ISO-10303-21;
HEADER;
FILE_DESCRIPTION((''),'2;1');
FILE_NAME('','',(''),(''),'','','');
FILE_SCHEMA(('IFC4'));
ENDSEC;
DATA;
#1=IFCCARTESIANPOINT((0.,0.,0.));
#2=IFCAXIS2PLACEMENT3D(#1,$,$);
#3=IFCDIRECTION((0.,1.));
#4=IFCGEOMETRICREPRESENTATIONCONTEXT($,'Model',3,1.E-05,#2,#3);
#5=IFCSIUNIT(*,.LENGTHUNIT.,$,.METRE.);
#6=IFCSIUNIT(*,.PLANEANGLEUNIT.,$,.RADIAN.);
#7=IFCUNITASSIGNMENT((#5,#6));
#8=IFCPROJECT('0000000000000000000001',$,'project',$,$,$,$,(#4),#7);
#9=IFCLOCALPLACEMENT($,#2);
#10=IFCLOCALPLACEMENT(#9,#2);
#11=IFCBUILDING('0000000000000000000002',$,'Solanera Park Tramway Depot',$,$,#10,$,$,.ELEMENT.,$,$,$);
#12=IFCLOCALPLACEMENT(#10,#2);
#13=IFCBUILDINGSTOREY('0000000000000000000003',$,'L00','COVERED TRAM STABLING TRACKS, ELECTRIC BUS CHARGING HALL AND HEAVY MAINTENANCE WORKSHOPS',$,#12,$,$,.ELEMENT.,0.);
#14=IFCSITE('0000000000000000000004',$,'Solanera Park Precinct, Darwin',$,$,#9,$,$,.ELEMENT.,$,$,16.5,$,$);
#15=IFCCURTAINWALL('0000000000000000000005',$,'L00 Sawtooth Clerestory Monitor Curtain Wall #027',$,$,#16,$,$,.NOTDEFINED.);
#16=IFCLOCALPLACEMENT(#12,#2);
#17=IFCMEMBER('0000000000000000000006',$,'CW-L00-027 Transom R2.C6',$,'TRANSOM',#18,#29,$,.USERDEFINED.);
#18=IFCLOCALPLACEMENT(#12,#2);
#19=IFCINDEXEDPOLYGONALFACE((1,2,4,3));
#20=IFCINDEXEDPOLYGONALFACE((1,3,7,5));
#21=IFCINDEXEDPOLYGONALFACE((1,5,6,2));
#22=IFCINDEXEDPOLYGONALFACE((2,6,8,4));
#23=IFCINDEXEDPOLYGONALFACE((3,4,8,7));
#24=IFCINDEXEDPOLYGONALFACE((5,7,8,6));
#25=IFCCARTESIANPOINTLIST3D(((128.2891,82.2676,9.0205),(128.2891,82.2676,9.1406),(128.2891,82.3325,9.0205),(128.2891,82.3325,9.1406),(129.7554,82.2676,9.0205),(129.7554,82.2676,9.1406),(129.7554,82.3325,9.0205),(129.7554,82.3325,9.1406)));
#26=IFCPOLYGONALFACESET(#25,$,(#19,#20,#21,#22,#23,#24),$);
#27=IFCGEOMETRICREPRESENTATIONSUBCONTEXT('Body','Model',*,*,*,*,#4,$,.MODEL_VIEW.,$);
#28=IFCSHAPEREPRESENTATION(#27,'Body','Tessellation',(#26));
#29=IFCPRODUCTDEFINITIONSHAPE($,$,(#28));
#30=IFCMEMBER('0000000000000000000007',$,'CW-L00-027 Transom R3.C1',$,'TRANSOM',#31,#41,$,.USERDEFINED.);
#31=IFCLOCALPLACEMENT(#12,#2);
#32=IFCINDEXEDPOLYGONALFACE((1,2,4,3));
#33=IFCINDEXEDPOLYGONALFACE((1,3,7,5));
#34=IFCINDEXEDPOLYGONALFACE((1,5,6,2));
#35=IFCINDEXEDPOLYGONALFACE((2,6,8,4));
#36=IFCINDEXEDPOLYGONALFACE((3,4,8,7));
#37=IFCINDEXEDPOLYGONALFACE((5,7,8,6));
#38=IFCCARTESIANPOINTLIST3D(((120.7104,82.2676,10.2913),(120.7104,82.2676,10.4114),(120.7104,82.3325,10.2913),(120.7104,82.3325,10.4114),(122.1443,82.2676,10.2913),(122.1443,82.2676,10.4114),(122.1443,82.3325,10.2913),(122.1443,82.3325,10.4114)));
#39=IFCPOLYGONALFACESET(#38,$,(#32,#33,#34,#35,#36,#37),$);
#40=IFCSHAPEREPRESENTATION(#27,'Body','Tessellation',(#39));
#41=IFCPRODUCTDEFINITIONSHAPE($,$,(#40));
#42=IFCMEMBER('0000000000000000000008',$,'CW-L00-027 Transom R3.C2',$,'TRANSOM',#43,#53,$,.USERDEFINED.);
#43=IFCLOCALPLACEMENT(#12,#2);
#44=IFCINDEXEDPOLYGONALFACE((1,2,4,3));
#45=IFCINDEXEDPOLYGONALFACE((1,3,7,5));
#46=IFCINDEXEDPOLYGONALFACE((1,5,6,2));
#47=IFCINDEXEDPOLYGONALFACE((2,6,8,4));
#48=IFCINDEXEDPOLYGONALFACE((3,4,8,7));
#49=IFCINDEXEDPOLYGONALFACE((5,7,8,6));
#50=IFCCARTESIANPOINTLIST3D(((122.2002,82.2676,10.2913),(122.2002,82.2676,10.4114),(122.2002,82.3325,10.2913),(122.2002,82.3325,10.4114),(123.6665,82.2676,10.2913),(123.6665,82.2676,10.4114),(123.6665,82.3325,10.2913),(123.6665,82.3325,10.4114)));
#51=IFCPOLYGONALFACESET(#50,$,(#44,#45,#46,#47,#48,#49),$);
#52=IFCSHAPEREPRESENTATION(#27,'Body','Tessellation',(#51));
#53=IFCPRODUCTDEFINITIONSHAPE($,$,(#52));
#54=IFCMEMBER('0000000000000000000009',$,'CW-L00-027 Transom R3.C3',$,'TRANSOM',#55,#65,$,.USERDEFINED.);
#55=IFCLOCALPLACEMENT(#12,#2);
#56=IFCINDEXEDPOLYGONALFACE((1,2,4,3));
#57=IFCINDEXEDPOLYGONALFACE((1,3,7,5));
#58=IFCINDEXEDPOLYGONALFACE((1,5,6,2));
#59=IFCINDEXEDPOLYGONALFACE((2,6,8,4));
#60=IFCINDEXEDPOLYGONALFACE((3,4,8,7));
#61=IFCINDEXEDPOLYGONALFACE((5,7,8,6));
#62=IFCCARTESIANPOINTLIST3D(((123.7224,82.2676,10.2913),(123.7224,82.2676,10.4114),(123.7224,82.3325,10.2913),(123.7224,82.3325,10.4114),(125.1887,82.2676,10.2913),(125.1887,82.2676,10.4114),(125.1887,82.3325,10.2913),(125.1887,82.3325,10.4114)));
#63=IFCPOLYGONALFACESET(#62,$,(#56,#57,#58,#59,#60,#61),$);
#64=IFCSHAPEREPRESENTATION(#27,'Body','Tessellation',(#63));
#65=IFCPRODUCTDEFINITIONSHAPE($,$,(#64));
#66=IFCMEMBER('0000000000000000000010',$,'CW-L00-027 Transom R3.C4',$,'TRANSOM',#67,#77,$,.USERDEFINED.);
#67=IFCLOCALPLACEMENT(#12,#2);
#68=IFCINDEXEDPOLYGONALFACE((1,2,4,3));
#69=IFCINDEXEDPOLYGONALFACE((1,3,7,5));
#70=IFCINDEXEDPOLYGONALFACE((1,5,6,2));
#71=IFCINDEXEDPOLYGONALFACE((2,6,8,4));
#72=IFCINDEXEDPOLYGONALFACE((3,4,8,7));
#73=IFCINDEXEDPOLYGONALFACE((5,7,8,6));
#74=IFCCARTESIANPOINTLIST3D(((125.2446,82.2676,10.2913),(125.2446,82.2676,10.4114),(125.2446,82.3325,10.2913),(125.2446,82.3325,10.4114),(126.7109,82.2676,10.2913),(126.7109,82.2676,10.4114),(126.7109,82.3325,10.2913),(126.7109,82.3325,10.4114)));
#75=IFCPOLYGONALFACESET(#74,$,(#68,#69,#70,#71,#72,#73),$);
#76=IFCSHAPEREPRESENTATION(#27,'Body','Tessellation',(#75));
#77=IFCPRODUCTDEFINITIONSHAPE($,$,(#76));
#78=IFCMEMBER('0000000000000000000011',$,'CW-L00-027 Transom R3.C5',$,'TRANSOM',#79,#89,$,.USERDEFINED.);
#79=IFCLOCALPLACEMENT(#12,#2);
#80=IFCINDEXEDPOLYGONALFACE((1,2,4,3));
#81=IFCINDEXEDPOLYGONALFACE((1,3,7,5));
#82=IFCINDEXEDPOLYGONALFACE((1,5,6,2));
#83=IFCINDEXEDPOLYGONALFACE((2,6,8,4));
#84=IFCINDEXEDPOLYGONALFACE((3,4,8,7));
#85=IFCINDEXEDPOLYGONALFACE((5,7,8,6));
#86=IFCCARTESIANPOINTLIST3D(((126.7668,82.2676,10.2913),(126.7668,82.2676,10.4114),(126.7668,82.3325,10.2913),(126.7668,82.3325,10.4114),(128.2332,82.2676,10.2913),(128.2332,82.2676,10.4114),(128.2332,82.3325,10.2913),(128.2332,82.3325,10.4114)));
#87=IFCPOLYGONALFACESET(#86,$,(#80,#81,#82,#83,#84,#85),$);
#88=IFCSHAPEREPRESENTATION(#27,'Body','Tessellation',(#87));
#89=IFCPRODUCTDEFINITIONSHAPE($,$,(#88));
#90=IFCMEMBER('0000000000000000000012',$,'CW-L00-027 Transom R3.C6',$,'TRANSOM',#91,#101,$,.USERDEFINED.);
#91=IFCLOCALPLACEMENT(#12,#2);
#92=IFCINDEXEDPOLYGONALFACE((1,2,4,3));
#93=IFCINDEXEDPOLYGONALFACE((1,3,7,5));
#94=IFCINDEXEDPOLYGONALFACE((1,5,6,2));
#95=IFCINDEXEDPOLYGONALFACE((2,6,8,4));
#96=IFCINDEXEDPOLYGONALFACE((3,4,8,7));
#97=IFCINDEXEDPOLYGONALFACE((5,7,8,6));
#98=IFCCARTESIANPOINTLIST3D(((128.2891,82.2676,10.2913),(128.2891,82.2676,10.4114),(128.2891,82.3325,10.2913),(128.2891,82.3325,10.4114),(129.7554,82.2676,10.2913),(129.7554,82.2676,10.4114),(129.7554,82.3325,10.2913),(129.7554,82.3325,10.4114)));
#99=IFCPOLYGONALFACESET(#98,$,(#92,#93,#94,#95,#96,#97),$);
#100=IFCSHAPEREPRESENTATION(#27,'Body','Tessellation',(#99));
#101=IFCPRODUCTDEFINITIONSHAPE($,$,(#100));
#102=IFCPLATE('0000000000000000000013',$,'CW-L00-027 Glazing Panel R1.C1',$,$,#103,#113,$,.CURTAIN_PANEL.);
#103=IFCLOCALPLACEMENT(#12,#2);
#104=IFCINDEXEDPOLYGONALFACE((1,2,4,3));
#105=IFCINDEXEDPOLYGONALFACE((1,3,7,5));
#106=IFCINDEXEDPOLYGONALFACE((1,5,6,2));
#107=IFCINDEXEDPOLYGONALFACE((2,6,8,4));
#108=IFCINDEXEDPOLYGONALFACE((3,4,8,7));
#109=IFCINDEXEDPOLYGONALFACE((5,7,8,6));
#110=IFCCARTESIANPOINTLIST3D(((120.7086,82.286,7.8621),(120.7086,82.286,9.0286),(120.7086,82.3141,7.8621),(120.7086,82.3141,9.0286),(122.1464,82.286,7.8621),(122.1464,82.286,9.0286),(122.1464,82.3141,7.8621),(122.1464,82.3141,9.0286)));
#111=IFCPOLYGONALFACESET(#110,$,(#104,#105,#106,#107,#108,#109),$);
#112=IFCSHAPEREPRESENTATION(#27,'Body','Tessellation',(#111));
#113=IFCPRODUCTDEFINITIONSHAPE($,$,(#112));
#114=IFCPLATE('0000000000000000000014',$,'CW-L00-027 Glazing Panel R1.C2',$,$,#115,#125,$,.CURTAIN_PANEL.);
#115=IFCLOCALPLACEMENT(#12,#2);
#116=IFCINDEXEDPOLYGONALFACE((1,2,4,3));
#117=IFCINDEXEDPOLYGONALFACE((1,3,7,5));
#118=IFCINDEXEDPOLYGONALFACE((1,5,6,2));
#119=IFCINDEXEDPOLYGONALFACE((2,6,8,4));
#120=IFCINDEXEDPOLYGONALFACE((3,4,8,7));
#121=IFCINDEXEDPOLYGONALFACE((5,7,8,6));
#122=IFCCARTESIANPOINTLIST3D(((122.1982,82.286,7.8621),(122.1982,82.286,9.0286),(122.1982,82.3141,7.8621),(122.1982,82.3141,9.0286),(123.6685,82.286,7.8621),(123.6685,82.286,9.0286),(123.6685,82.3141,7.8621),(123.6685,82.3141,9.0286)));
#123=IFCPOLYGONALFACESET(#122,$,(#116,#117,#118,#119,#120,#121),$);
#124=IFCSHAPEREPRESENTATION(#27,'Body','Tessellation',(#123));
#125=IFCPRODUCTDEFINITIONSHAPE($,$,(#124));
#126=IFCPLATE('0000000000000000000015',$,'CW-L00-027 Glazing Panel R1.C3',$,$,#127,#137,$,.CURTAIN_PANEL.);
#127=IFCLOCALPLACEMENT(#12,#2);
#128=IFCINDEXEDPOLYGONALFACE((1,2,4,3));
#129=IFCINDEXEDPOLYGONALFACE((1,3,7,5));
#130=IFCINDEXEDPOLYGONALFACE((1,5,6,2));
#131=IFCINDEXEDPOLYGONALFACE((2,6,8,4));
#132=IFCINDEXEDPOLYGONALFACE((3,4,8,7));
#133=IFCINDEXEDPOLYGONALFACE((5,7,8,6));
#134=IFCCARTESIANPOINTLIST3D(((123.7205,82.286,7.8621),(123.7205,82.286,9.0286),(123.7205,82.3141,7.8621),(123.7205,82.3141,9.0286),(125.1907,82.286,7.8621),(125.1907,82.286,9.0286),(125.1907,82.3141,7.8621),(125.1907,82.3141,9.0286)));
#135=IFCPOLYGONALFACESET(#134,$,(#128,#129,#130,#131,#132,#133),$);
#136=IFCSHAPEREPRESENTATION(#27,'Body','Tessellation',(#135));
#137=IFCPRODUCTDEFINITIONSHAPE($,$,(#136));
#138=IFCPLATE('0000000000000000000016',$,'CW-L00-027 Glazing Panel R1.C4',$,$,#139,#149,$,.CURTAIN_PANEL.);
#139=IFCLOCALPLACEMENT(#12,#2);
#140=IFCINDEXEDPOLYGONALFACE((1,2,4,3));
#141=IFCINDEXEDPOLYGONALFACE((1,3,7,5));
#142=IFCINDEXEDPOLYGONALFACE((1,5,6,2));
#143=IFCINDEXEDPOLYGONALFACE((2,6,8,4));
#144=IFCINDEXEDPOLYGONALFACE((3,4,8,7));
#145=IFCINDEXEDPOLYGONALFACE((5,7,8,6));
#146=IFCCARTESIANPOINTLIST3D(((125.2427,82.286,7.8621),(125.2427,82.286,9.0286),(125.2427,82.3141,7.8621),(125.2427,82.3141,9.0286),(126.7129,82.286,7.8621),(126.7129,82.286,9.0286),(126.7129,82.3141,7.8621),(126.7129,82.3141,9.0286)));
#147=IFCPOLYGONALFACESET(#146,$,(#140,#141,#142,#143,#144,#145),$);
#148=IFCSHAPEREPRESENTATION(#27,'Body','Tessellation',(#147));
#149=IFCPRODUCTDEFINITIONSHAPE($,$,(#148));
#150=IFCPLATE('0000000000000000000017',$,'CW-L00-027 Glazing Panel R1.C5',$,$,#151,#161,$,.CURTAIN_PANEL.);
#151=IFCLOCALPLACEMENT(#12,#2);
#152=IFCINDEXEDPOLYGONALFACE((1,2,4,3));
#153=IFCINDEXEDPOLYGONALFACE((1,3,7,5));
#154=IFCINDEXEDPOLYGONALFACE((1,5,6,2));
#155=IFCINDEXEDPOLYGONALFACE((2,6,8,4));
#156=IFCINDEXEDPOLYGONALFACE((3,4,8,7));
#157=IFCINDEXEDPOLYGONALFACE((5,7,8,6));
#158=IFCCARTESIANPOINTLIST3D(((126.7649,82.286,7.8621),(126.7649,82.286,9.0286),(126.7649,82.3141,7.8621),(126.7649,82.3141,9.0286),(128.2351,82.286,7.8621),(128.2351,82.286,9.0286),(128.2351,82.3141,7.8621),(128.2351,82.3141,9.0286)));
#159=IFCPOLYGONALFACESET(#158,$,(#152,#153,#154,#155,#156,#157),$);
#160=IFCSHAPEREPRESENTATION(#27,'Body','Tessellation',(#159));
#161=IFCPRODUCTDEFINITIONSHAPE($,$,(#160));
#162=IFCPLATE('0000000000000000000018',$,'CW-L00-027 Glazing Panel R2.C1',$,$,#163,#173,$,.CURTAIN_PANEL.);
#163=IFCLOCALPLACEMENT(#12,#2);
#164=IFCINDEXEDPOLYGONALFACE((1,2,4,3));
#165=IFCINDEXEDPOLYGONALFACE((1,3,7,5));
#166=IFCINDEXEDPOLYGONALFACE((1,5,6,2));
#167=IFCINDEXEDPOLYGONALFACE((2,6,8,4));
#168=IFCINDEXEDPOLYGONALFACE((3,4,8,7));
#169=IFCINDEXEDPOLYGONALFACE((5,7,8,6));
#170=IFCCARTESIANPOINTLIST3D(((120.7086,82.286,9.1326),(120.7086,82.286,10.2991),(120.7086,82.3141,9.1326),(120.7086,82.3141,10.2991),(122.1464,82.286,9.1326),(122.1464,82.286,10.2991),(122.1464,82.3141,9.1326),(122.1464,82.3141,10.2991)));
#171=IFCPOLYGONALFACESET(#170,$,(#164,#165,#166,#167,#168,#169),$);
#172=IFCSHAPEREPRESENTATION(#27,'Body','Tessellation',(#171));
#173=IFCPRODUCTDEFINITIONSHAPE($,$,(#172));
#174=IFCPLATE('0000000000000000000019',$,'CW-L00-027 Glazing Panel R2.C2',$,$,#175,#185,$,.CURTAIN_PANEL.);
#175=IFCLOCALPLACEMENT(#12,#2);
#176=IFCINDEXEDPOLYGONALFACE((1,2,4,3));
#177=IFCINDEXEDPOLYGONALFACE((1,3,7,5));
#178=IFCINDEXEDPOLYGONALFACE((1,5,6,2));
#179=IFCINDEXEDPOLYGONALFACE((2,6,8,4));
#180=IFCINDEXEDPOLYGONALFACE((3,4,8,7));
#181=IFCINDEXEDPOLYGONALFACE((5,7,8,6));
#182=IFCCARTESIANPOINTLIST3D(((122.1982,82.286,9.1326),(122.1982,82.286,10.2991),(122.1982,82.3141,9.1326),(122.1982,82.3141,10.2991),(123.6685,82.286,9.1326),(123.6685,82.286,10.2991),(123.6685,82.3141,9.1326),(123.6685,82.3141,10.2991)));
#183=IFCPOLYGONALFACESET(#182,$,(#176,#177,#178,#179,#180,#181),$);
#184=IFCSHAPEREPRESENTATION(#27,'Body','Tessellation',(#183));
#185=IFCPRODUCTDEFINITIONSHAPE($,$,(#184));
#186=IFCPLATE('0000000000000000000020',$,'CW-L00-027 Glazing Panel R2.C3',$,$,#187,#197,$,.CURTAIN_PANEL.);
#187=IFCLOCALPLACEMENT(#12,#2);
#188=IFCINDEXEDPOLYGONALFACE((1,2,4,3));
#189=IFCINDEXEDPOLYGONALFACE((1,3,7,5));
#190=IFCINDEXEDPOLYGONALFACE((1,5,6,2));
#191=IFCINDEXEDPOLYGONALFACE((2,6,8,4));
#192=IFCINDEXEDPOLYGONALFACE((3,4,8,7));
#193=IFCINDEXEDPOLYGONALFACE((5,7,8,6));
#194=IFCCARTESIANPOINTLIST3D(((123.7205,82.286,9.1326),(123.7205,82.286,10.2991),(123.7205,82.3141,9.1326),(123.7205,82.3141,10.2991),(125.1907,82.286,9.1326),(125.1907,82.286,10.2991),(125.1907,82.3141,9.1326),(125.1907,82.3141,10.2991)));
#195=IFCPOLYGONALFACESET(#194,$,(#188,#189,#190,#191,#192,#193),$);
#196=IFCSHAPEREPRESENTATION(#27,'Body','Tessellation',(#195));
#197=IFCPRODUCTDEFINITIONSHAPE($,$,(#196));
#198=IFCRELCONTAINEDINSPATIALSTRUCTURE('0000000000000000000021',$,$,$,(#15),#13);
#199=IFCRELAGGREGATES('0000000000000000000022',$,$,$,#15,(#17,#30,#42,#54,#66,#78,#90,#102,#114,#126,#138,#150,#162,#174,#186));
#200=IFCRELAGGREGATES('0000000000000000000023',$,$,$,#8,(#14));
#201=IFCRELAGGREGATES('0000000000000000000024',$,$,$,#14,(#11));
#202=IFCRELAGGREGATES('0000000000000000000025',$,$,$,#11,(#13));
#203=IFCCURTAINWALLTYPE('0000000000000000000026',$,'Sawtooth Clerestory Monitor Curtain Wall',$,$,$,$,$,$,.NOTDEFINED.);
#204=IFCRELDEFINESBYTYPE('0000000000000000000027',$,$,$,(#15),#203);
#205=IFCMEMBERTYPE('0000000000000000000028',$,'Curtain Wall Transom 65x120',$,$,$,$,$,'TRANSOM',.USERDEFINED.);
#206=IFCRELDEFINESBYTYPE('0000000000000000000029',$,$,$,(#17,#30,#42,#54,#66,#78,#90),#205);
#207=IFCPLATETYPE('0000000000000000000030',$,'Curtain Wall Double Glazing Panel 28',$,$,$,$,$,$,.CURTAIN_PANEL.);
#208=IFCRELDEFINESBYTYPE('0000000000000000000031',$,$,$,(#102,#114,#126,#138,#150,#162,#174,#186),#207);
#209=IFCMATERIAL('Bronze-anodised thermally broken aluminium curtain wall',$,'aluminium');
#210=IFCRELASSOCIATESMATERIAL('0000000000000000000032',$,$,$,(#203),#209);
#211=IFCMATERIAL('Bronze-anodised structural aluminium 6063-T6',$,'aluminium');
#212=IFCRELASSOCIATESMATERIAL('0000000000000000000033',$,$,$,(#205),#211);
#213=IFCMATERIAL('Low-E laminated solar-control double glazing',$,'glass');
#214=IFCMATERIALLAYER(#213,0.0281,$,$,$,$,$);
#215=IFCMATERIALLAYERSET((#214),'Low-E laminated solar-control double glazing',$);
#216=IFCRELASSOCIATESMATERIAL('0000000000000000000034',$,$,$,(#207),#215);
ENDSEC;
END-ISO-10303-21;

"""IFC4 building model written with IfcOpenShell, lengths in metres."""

from ifc_helpers import new_model, si_unit, direction, frame, origin, origin_2d, place, context, subcontext, project, spatial, rectangle, extrude, material, layer, layer_set, material_profile, profile_set, type_object, element, aggregate, save


model = new_model("IFC4")

# Units and contexts
model_context = context("Model", 3, precision=1e-05, world=origin(), true_north=direction((0.0, 1.0)))
body_context = subcontext(model_context, "Body", "Model", "MODEL_VIEW")
ifc_project = project(units=[si_unit("LENGTHUNIT", "METRE"), si_unit("PLANEANGLEUNIT", "RADIAN")], contexts=[model_context])

# Site, building, storey
site_placement = place(None, origin())
site = spatial("IfcSite", under=ifc_project, at=site_placement, Name="Solanera Park Precinct, Darwin", CompositionType="ELEMENT", RefElevation=16.5)
building_placement = place(site_placement, origin())
building = spatial("IfcBuilding", under=site, at=building_placement, Name="Solanera Park Tramway Depot", CompositionType="ELEMENT")
storey_placement = place(building_placement, origin())
storey = spatial("IfcBuildingStorey", under=building, at=storey_placement, Name="L00", Description="COVERED TRAM STABLING TRACKS, ELECTRIC BUS CHARGING HALL AND HEAVY MAINTENANCE WORKSHOPS", CompositionType="ELEMENT", Elevation=0.0)

# Curtain wall, members, plates
ifc_material_1 = material(Name="Bronze-anodised thermally broken aluminium curtain wall", Category="aluminium")
curtain_wall_type = type_object("IfcCurtainWallType", Name="Sawtooth Clerestory Monitor Curtain Wall", PredefinedType="NOTDEFINED", material=ifc_material_1)
curtain_wall_placement = place(storey_placement, origin())
curtain_wall = element("IfcCurtainWall", 1, at=curtain_wall_placement, inside=storey, type_object=curtain_wall_type, Name="L00 Sawtooth Clerestory Monitor Curtain Wall #027", PredefinedType="NOTDEFINED")
ifc_material_2 = material(Name="Bronze-anodised structural aluminium 6063-T6", Category="aluminium")
ifc_material_profile_1 = material_profile(ifc_material_2, rectangle(XDim=0.0649, YDim=0.1201, at=origin_2d()), Name="Curtain Wall Transom 65x120")
ifc_profile_set_1 = profile_set([ifc_material_profile_1], Name="Bronze-anodised structural aluminium 6063-T6")
member_type_1 = type_object("IfcMemberType", Name="Curtain Wall Transom 65x120", ElementType="TRANSOM", PredefinedType="USERDEFINED", material=ifc_profile_set_1)
member_1_placement = place(storey_placement, frame((128.2891, 82.3, 9.0806), z_axis=(1.0, 0.0, 0.0), x_axis=(0.0, 1.0, 0.0)))
member_1 = element("IfcMember", 2, at=member_1_placement, type_object=member_type_1, Name="CW-L00-027 Transom R2.C6", ObjectType="TRANSOM", PredefinedType="USERDEFINED", context=body_context, shape_type="SweptSolid", body=[
    extrude(rectangle(XDim=0.0649, YDim=0.1201, at=origin_2d()), origin(), (0.0, 0.0, 1.0), 1.4663),
])
member_2_placement = place(storey_placement, frame((120.7104, 82.3, 10.3513), z_axis=(1.0, 0.0, 0.0), x_axis=(0.0, 1.0, 0.0)))
member_2 = element("IfcMember", 3, at=member_2_placement, type_object=member_type_1, Name="CW-L00-027 Transom R3.C1", ObjectType="TRANSOM", PredefinedType="USERDEFINED", context=body_context, shape_type="SweptSolid", body=[
    extrude(rectangle(XDim=0.0649, YDim=0.1201, at=origin_2d()), origin(), (0.0, 0.0, 1.0), 1.4338),
])
member_3_placement = place(storey_placement, frame((122.2002, 82.3, 10.3513), z_axis=(1.0, 0.0, 0.0), x_axis=(0.0, 1.0, 0.0)))
member_3 = element("IfcMember", 4, at=member_3_placement, type_object=member_type_1, Name="CW-L00-027 Transom R3.C2", ObjectType="TRANSOM", PredefinedType="USERDEFINED", context=body_context, shape_type="SweptSolid", body=[
    extrude(rectangle(XDim=0.0649, YDim=0.1201, at=origin_2d()), origin(), (0.0, 0.0, 1.0), 1.4663),
])
member_4_placement = place(storey_placement, frame((123.7224, 82.3, 10.3513), z_axis=(1.0, 0.0, 0.0), x_axis=(0.0, 1.0, 0.0)))
member_4 = element("IfcMember", 5, at=member_4_placement, type_object=member_type_1, Name="CW-L00-027 Transom R3.C3", ObjectType="TRANSOM", PredefinedType="USERDEFINED", context=body_context, shape_type="SweptSolid", body=[
    extrude(rectangle(XDim=0.0649, YDim=0.1201, at=origin_2d()), origin(), (0.0, 0.0, 1.0), 1.4663),
])
member_5_placement = place(storey_placement, frame((125.2446, 82.3, 10.3513), z_axis=(1.0, 0.0, 0.0), x_axis=(0.0, 1.0, 0.0)))
member_5 = element("IfcMember", 6, at=member_5_placement, type_object=member_type_1, Name="CW-L00-027 Transom R3.C4", ObjectType="TRANSOM", PredefinedType="USERDEFINED", context=body_context, shape_type="SweptSolid", body=[
    extrude(rectangle(XDim=0.0649, YDim=0.1201, at=origin_2d()), origin(), (0.0, 0.0, 1.0), 1.4663),
])
member_6_placement = place(storey_placement, frame((126.7668, 82.3, 10.3513), z_axis=(1.0, 0.0, 0.0), x_axis=(0.0, 1.0, 0.0)))
member_6 = element("IfcMember", 7, at=member_6_placement, type_object=member_type_1, Name="CW-L00-027 Transom R3.C5", ObjectType="TRANSOM", PredefinedType="USERDEFINED", context=body_context, shape_type="SweptSolid", body=[
    extrude(rectangle(XDim=0.0649, YDim=0.1201, at=origin_2d()), origin(), (0.0, 0.0, 1.0), 1.4663),
])
member_7_placement = place(storey_placement, frame((128.2891, 82.3, 10.3513), z_axis=(1.0, 0.0, 0.0), x_axis=(0.0, 1.0, 0.0)))
member_7 = element("IfcMember", 8, at=member_7_placement, type_object=member_type_1, Name="CW-L00-027 Transom R3.C6", ObjectType="TRANSOM", PredefinedType="USERDEFINED", context=body_context, shape_type="SweptSolid", body=[
    extrude(rectangle(XDim=0.0649, YDim=0.1201, at=origin_2d()), origin(), (0.0, 0.0, 1.0), 1.4663),
])
ifc_material_3 = material(Name="Low-E laminated solar-control double glazing", Category="glass")
ifc_layer = layer(ifc_material_3, 0.0281)
ifc_layer_set = layer_set([ifc_layer], Name="Low-E laminated solar-control double glazing")
plate_type = type_object("IfcPlateType", Name="Curtain Wall Double Glazing Panel 28", PredefinedType="CURTAIN_PANEL", material=ifc_layer_set)
plate_1_placement = place(storey_placement, frame((121.4275, 82.3, 7.8621), z_axis=(0.0, 0.0, 1.0), x_axis=(1.0, 0.0, 0.0)))
plate_1 = element("IfcPlate", 9, at=plate_1_placement, type_object=plate_type, Name="CW-L00-027 Glazing Panel R1.C1", PredefinedType="CURTAIN_PANEL", context=body_context, shape_type="SweptSolid", body=[
    extrude(rectangle(XDim=1.4377, YDim=0.0281, at=origin_2d()), origin(), (0.0, 0.0, 1.0), 1.1665),
])
plate_2_placement = place(storey_placement, frame((122.9333, 82.3, 7.8621), z_axis=(0.0, 0.0, 1.0), x_axis=(1.0, 0.0, 0.0)))
plate_2 = element("IfcPlate", 10, at=plate_2_placement, type_object=plate_type, Name="CW-L00-027 Glazing Panel R1.C2", PredefinedType="CURTAIN_PANEL", context=body_context, shape_type="SweptSolid", body=[
    extrude(rectangle(XDim=1.4702, YDim=0.0281, at=origin_2d()), origin(), (0.0, 0.0, 1.0), 1.1665),
])
plate_3_placement = place(storey_placement, frame((124.4556, 82.3, 7.8621), z_axis=(0.0, 0.0, 1.0), x_axis=(1.0, 0.0, 0.0)))
plate_3 = element("IfcPlate", 11, at=plate_3_placement, type_object=plate_type, Name="CW-L00-027 Glazing Panel R1.C3", PredefinedType="CURTAIN_PANEL", context=body_context, shape_type="SweptSolid", body=[
    extrude(rectangle(XDim=1.4702, YDim=0.0281, at=origin_2d()), origin(), (0.0, 0.0, 1.0), 1.1665),
])
plate_4_placement = place(storey_placement, frame((125.9778, 82.3, 7.8621), z_axis=(0.0, 0.0, 1.0), x_axis=(1.0, 0.0, 0.0)))
plate_4 = element("IfcPlate", 12, at=plate_4_placement, type_object=plate_type, Name="CW-L00-027 Glazing Panel R1.C4", PredefinedType="CURTAIN_PANEL", context=body_context, shape_type="SweptSolid", body=[
    extrude(rectangle(XDim=1.4702, YDim=0.0281, at=origin_2d()), origin(), (0.0, 0.0, 1.0), 1.1665),
])
plate_5_placement = place(storey_placement, frame((127.5, 82.3, 7.8621), z_axis=(0.0, 0.0, 1.0), x_axis=(1.0, 0.0, 0.0)))
plate_5 = element("IfcPlate", 13, at=plate_5_placement, type_object=plate_type, Name="CW-L00-027 Glazing Panel R1.C5", PredefinedType="CURTAIN_PANEL", context=body_context, shape_type="SweptSolid", body=[
    extrude(rectangle(XDim=1.4702, YDim=0.0281, at=origin_2d()), origin(), (0.0, 0.0, 1.0), 1.1665),
])
plate_6_placement = place(storey_placement, frame((121.4275, 82.3, 9.1326), z_axis=(0.0, 0.0, 1.0), x_axis=(1.0, 0.0, 0.0)))
plate_6 = element("IfcPlate", 14, at=plate_6_placement, type_object=plate_type, Name="CW-L00-027 Glazing Panel R2.C1", PredefinedType="CURTAIN_PANEL", context=body_context, shape_type="SweptSolid", body=[
    extrude(rectangle(XDim=1.4377, YDim=0.0281, at=origin_2d()), origin(), (0.0, 0.0, 1.0), 1.1665),
])
plate_7_placement = place(storey_placement, frame((122.9333, 82.3, 9.1326), z_axis=(0.0, 0.0, 1.0), x_axis=(1.0, 0.0, 0.0)))
plate_7 = element("IfcPlate", 15, at=plate_7_placement, type_object=plate_type, Name="CW-L00-027 Glazing Panel R2.C2", PredefinedType="CURTAIN_PANEL", context=body_context, shape_type="SweptSolid", body=[
    extrude(rectangle(XDim=1.4702, YDim=0.0281, at=origin_2d()), origin(), (0.0, 0.0, 1.0), 1.1665),
])
plate_8_placement = place(storey_placement, frame((124.4556, 82.3, 9.1326), z_axis=(0.0, 0.0, 1.0), x_axis=(1.0, 0.0, 0.0)))
plate_8 = element("IfcPlate", 16, at=plate_8_placement, type_object=plate_type, Name="CW-L00-027 Glazing Panel R2.C3", PredefinedType="CURTAIN_PANEL", context=body_context, shape_type="SweptSolid", body=[
    extrude(rectangle(XDim=1.4702, YDim=0.0281, at=origin_2d()), origin(), (0.0, 0.0, 1.0), 1.1665),
])
aggregate(curtain_wall, [member_1, member_2, member_3, member_4, member_5, member_6, member_7, plate_1, plate_2, plate_3, plate_4, plate_5, plate_6, plate_7, plate_8])

save(model, "model.ifc")
